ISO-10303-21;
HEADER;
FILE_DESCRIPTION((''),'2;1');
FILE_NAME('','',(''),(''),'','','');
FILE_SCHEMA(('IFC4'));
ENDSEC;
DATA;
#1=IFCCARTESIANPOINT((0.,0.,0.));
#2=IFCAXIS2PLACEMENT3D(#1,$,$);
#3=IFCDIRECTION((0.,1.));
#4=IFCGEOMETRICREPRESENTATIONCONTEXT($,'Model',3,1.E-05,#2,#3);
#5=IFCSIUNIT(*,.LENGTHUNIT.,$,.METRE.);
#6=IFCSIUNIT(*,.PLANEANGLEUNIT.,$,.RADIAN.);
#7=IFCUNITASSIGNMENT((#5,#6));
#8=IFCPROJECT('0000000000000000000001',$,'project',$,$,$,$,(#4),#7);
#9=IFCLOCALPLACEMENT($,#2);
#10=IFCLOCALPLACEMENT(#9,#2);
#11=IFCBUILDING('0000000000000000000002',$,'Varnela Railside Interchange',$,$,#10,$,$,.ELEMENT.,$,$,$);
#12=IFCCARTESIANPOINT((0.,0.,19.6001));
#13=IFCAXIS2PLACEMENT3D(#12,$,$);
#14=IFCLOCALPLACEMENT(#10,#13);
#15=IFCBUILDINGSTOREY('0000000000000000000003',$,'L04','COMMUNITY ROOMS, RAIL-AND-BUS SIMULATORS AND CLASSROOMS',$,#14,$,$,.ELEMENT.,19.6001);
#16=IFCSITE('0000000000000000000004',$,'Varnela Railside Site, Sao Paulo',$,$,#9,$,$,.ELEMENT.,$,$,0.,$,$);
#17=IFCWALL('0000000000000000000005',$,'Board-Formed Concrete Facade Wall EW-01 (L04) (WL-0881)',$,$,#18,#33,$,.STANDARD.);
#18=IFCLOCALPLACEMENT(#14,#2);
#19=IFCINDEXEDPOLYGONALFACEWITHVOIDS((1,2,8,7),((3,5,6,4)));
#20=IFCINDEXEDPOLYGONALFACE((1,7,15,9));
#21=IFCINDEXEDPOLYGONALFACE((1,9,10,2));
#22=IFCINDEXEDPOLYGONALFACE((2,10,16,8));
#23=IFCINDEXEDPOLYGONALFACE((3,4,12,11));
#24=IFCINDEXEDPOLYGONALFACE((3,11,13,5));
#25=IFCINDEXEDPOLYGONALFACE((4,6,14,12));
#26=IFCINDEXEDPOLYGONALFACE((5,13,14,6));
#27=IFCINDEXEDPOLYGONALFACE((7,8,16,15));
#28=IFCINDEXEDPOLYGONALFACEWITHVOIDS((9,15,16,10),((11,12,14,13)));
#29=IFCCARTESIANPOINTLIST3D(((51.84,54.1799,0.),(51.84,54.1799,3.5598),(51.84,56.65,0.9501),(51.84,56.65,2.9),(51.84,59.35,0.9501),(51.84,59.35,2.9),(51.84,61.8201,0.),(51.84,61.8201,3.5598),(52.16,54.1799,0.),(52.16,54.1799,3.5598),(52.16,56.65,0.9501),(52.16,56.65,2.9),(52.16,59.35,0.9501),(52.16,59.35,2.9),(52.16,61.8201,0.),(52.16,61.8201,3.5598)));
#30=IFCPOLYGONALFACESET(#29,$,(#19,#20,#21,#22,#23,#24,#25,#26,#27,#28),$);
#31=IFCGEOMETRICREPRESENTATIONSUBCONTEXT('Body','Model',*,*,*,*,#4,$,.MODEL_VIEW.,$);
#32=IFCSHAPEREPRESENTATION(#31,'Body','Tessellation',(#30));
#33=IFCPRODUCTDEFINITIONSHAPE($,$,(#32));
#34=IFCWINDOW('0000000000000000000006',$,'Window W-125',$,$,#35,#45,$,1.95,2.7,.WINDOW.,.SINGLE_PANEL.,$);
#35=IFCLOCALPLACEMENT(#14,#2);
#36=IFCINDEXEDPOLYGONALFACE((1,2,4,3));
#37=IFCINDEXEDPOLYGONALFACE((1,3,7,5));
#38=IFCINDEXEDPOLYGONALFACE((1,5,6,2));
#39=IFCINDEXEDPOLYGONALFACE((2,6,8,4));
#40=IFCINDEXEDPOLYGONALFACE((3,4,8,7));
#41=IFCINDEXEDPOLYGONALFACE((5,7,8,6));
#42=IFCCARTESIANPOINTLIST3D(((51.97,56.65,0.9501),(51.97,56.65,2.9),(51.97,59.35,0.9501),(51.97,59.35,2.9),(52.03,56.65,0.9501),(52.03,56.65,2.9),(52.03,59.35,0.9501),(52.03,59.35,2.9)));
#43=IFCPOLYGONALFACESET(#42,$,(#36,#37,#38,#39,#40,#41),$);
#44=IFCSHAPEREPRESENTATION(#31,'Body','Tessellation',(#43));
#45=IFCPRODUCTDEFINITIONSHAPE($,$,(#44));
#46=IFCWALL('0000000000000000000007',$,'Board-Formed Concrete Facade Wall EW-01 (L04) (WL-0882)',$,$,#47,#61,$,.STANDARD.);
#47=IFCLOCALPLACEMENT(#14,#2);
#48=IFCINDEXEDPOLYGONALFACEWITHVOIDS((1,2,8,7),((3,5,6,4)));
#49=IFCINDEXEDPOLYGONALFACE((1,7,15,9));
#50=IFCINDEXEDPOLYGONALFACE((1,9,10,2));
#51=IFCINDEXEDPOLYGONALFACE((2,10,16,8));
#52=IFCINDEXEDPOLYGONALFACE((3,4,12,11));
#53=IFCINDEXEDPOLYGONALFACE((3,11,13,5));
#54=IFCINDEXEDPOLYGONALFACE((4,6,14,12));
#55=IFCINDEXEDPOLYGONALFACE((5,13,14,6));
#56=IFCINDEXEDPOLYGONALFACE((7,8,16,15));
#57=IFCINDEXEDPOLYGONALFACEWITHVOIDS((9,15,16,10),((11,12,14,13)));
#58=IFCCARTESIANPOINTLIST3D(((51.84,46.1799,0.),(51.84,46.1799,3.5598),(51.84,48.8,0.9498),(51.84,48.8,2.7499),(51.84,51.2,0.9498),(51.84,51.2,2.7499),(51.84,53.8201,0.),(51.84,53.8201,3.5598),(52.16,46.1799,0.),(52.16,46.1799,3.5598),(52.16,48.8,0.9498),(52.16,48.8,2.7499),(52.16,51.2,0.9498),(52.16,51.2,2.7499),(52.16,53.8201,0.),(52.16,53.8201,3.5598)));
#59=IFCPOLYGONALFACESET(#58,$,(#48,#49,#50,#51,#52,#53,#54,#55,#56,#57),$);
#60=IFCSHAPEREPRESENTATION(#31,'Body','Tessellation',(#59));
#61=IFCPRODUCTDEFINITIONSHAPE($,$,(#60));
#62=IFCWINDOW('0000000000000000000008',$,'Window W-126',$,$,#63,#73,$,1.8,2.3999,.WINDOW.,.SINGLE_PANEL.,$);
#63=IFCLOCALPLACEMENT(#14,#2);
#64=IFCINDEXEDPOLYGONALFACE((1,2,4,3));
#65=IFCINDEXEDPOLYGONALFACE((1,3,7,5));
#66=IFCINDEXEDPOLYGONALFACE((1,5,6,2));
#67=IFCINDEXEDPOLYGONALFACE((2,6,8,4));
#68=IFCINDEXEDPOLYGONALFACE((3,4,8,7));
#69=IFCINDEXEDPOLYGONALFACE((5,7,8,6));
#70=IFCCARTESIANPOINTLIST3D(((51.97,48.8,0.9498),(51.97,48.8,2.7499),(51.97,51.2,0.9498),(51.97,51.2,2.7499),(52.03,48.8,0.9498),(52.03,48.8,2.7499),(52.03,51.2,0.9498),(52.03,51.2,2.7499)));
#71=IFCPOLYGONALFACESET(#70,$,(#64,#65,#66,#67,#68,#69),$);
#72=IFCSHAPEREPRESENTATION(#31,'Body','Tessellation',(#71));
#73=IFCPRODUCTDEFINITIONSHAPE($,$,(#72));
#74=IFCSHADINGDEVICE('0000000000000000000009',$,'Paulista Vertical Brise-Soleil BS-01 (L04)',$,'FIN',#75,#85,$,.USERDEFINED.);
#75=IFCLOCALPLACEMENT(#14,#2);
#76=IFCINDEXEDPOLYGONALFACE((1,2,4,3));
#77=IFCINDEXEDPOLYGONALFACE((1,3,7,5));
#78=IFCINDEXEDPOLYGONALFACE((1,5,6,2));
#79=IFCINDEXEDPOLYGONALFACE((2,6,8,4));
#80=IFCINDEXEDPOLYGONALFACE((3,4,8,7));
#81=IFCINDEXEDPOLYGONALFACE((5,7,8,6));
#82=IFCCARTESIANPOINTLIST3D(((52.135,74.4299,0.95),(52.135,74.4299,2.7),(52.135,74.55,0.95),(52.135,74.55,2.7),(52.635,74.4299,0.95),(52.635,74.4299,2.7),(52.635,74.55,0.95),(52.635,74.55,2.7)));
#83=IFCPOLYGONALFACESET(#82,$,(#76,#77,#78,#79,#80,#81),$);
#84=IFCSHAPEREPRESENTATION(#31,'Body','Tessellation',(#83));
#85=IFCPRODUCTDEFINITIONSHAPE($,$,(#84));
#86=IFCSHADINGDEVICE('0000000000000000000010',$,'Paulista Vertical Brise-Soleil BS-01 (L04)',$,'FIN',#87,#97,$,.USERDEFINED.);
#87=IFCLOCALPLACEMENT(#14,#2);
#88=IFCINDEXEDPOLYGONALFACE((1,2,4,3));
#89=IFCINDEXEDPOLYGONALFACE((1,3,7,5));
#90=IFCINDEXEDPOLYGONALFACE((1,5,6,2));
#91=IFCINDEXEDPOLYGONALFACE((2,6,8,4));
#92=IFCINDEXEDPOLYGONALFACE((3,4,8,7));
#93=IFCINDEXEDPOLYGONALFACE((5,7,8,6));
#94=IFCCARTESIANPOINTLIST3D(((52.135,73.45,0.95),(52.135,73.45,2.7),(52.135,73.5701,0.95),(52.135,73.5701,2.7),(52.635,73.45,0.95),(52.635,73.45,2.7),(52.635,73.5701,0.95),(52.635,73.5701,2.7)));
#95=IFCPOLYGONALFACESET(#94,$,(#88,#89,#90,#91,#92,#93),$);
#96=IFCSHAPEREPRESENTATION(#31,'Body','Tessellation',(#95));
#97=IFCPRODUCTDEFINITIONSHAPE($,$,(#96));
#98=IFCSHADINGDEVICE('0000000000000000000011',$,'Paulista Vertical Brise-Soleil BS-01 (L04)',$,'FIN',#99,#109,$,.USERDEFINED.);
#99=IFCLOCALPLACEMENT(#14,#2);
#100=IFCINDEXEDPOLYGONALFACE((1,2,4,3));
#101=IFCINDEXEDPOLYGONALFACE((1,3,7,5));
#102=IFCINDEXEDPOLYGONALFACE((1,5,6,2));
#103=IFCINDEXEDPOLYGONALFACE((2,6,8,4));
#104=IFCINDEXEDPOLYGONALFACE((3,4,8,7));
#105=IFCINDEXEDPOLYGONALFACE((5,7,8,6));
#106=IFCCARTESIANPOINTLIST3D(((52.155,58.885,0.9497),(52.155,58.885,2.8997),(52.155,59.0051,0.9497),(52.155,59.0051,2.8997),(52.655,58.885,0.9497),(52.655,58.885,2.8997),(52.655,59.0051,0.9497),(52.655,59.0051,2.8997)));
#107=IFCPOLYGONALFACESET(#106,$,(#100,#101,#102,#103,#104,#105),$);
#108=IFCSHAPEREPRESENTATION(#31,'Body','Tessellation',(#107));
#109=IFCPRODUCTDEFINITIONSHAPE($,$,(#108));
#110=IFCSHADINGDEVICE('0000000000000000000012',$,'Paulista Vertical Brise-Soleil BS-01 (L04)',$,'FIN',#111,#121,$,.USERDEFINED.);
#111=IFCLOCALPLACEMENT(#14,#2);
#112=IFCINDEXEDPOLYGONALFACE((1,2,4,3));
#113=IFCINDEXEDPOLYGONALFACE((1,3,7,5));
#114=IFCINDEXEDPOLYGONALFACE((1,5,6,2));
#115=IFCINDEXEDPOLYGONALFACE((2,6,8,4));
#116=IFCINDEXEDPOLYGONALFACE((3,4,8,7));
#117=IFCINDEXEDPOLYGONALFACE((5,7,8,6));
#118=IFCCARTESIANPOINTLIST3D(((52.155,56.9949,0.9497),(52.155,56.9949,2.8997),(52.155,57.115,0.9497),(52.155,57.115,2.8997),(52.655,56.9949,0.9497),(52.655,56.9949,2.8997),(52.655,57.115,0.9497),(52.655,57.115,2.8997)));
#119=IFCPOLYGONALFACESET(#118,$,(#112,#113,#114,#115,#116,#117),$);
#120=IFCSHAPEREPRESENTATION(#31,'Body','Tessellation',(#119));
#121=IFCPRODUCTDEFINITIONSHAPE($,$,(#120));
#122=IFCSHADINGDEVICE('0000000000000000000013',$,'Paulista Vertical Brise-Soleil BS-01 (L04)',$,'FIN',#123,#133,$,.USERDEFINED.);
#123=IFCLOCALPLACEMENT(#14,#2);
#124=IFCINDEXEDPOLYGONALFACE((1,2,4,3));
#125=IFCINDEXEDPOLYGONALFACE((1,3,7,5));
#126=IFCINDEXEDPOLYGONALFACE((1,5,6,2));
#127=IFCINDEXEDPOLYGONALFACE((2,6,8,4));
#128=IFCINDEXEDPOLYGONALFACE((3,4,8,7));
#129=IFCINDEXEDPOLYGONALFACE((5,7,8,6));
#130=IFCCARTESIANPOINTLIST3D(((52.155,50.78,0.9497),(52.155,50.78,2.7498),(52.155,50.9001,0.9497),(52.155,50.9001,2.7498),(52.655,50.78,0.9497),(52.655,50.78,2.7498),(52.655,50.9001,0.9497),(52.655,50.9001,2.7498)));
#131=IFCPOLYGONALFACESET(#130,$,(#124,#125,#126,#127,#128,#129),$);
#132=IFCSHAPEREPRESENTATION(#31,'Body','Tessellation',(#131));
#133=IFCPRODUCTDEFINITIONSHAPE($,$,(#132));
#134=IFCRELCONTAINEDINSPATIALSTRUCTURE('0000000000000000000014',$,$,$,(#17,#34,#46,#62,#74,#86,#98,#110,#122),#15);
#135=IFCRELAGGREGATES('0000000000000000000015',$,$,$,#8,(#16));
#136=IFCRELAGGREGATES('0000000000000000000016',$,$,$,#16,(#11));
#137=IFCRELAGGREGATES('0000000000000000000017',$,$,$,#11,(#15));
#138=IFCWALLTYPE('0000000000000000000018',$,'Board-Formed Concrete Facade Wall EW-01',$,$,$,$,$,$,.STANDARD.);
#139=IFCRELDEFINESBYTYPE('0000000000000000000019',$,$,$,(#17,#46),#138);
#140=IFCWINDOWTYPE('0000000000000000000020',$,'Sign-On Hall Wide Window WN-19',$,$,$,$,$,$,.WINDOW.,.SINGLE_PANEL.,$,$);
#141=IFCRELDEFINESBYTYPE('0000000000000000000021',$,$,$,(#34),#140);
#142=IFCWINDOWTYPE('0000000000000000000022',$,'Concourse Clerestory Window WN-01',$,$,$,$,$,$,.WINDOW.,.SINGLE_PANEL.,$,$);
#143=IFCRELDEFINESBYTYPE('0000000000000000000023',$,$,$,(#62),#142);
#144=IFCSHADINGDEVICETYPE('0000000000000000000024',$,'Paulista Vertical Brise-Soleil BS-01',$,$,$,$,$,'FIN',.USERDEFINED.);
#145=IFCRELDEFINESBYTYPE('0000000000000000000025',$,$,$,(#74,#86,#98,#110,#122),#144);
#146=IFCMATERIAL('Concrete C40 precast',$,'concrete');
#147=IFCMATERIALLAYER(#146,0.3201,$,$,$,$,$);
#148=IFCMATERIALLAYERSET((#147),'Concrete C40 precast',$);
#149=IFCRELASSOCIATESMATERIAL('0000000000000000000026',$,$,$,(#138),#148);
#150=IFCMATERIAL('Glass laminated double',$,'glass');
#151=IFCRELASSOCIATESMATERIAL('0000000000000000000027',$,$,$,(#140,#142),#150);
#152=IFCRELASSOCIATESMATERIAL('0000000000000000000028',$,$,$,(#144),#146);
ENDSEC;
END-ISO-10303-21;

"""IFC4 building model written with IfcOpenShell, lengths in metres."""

from ifc_helpers import new_model, si_unit, direction, frame, frame_2d, origin, origin_2d, place, context, subcontext, project, spatial, rectangle, extrude, material, layer, layer_set, type_object, element, fill, save


model = new_model("IFC4")

# Units and contexts
model_context = context("Model", 3, precision=1e-05, world=origin(), true_north=direction((0.0, 1.0)))
body_context = subcontext(model_context, "Body", "Model", "MODEL_VIEW")
ifc_project = project(units=[si_unit("LENGTHUNIT", "METRE"), si_unit("PLANEANGLEUNIT", "RADIAN")], contexts=[model_context])

# Site, building, storey
site_placement = place(None, origin())
site = spatial("IfcSite", under=ifc_project, at=site_placement, Name="Varnela Railside Site, Sao Paulo", CompositionType="ELEMENT", RefElevation=0.0)
building_placement = place(site_placement, origin())
building = spatial("IfcBuilding", under=site, at=building_placement, Name="Varnela Railside Interchange", CompositionType="ELEMENT")
storey_placement = place(building_placement, frame((0.0, 0.0, 19.6001)))
storey = spatial("IfcBuildingStorey", under=building, at=storey_placement, Name="L04", Description="COMMUNITY ROOMS, RAIL-AND-BUS SIMULATORS AND CLASSROOMS", CompositionType="ELEMENT", Elevation=19.6001)

# Shared definitions
ifc_material_1 = material(Name="Glass laminated double", Category="glass")

# Walls, openings, windows
ifc_material_2 = material(Name="Concrete C40 precast", Category="concrete")
ifc_layer_1 = layer(ifc_material_2, 0.3201)
ifc_layer_set_1 = layer_set([ifc_layer_1], Name="Concrete C40 precast")
wall_type = type_object("IfcWallType", Name="Board-Formed Concrete Facade Wall EW-01", PredefinedType="STANDARD", material=ifc_layer_set_1)
wall_1_placement = place(storey_placement, frame((52.0, 61.8201, 0.0), z_axis=(0.0, 0.0, 1.0), x_axis=(0.0, -1.0, 0.0)))
wall_1 = element("IfcWall", 1, at=wall_1_placement, inside=storey, type_object=wall_type, Name="Board-Formed Concrete Facade Wall EW-01 (L04) (WL-0881)", PredefinedType="STANDARD", context=body_context, shape_type="SweptSolid", body=[
    extrude(rectangle(XDim=7.6401, YDim=0.3201, at=frame_2d((3.8201, 0.0))), origin(), (0.0, 0.0, 1.0), 3.5598),
])
opening_1_placement = place(wall_1_placement, frame((2.47, 0.0, 0.95)))
opening_1 = element("IfcOpeningElement", 2, at=opening_1_placement, cuts=wall_1, PredefinedType="OPENING", context=body_context, shape_type="SweptSolid", body=[
    extrude(rectangle(XDim=2.7, YDim=1.95, at=frame_2d((1.3501, 0.9751))), frame((0.0, 0.1699, 0.0), z_axis=(0.0, -1.0, 0.0), x_axis=(1.0, 0.0, 0.0)), (0.0, 0.0, 1.0), 0.3401),
])
window_type_1 = type_object("IfcWindowType", Name="Sign-On Hall Wide Window WN-19", PartitioningType="SINGLE_PANEL", PredefinedType="WINDOW", material=ifc_material_1)
window_1_placement = place(opening_1_placement, origin())
window_1 = element("IfcWindow", 3, at=window_1_placement, inside=storey, type_object=window_type_1, Name="Window W-125", OverallHeight=1.95, OverallWidth=2.7, PartitioningType="SINGLE_PANEL", PredefinedType="WINDOW", context=body_context, shape_type="SweptSolid", body=[
    extrude(rectangle(XDim=2.7, YDim=1.95, at=frame_2d((1.3501, 0.9751))), frame((0.0, 0.03, 0.0), z_axis=(0.0, -1.0, 0.0), x_axis=(1.0, 0.0, 0.0)), (0.0, 0.0, 1.0), 0.0601),
])
fill(opening_1, window_1)
wall_2_placement = place(storey_placement, frame((52.0, 53.8201, 0.0), z_axis=(0.0, 0.0, 1.0), x_axis=(0.0, -1.0, 0.0)))
wall_2 = element("IfcWall", 4, at=wall_2_placement, inside=storey, type_object=wall_type, Name="Board-Formed Concrete Facade Wall EW-01 (L04) (WL-0882)", PredefinedType="STANDARD", context=body_context, shape_type="SweptSolid", body=[
    extrude(rectangle(XDim=7.6401, YDim=0.3201, at=frame_2d((3.8201, 0.0))), origin(), (0.0, 0.0, 1.0), 3.5598),
])
opening_2_placement = place(wall_2_placement, frame((2.6201, 0.0, 0.95)))
opening_2 = element("IfcOpeningElement", 5, at=opening_2_placement, cuts=wall_2, PredefinedType="OPENING", context=body_context, shape_type="SweptSolid", body=[
    extrude(rectangle(XDim=2.3999, YDim=1.8, at=frame_2d((1.2, 0.8999))), frame((0.0, 0.1699, 0.0), z_axis=(0.0, -1.0, 0.0), x_axis=(1.0, 0.0, 0.0)), (0.0, 0.0, 1.0), 0.3401),
])
window_type_2 = type_object("IfcWindowType", Name="Concourse Clerestory Window WN-01", PartitioningType="SINGLE_PANEL", PredefinedType="WINDOW", material=ifc_material_1)
window_2_placement = place(opening_2_placement, origin())
window_2 = element("IfcWindow", 6, at=window_2_placement, inside=storey, type_object=window_type_2, Name="Window W-126", OverallHeight=1.8, OverallWidth=2.3999, PartitioningType="SINGLE_PANEL", PredefinedType="WINDOW", context=body_context, shape_type="SweptSolid", body=[
    extrude(rectangle(XDim=2.3999, YDim=1.8, at=frame_2d((1.2, 0.8999))), frame((0.0, 0.03, 0.0), z_axis=(0.0, -1.0, 0.0), x_axis=(1.0, 0.0, 0.0)), (0.0, 0.0, 1.0), 0.0601),
])
fill(opening_2, window_2)

# Shading devices
shading_device_type = type_object("IfcShadingDeviceType", Name="Paulista Vertical Brise-Soleil BS-01", ElementType="FIN", PredefinedType="USERDEFINED", material=ifc_material_2)
for number, where, z_axis, x_axis, name in (
    (7, (52.385, 74.49, 0.95), (0.0, 0.0, 1.0), (1.0, 0.0, 0.0), "Paulista Vertical Brise-Soleil BS-01 (L04)"),
    (8, (52.385, 73.51, 0.95), (0.0, 0.0, 1.0), (1.0, 0.0, 0.0), "Paulista Vertical Brise-Soleil BS-01 (L04)"),
):
    element("IfcShadingDevice", number, at=place(storey_placement, frame(where, z_axis=z_axis, x_axis=x_axis)), inside=storey, type_object=shading_device_type, Name=name, ObjectType="FIN", PredefinedType="USERDEFINED", context=body_context, shape_type="SweptSolid", body=[
        extrude(rectangle(XDim=0.5, YDim=0.1201, at=origin_2d()), origin(), (0.0, 0.0, 1.0), 1.75),
    ])
for number, where, z_axis, x_axis, name in (
    (9, (52.405, 58.9451, 0.9497), (0.0, 0.0, 1.0), (1.0, 0.0, 0.0), "Paulista Vertical Brise-Soleil BS-01 (L04)"),
    (10, (52.405, 57.0549, 0.9497), (0.0, 0.0, 1.0), (1.0, 0.0, 0.0), "Paulista Vertical Brise-Soleil BS-01 (L04)"),
):
    element("IfcShadingDevice", number, at=place(storey_placement, frame(where, z_axis=z_axis, x_axis=x_axis)), inside=storey, type_object=shading_device_type, Name=name, ObjectType="FIN", PredefinedType="USERDEFINED", context=body_context, shape_type="SweptSolid", body=[
        extrude(rectangle(XDim=0.5, YDim=0.1201, at=origin_2d()), origin(), (0.0, 0.0, 1.0), 1.95),
    ])
shading_device_placement = place(storey_placement, frame((52.405, 50.8401, 0.9497), z_axis=(0.0, 0.0, 1.0), x_axis=(1.0, 0.0, 0.0)))
element("IfcShadingDevice", 11, at=shading_device_placement, inside=storey, type_object=shading_device_type, Name="Paulista Vertical Brise-Soleil BS-01 (L04)", ObjectType="FIN", PredefinedType="USERDEFINED", context=body_context, shape_type="SweptSolid", body=[
    extrude(rectangle(XDim=0.5, YDim=0.1201, at=origin_2d()), origin(), (0.0, 0.0, 1.0), 1.8),
])

save(model, "model.ifc")
